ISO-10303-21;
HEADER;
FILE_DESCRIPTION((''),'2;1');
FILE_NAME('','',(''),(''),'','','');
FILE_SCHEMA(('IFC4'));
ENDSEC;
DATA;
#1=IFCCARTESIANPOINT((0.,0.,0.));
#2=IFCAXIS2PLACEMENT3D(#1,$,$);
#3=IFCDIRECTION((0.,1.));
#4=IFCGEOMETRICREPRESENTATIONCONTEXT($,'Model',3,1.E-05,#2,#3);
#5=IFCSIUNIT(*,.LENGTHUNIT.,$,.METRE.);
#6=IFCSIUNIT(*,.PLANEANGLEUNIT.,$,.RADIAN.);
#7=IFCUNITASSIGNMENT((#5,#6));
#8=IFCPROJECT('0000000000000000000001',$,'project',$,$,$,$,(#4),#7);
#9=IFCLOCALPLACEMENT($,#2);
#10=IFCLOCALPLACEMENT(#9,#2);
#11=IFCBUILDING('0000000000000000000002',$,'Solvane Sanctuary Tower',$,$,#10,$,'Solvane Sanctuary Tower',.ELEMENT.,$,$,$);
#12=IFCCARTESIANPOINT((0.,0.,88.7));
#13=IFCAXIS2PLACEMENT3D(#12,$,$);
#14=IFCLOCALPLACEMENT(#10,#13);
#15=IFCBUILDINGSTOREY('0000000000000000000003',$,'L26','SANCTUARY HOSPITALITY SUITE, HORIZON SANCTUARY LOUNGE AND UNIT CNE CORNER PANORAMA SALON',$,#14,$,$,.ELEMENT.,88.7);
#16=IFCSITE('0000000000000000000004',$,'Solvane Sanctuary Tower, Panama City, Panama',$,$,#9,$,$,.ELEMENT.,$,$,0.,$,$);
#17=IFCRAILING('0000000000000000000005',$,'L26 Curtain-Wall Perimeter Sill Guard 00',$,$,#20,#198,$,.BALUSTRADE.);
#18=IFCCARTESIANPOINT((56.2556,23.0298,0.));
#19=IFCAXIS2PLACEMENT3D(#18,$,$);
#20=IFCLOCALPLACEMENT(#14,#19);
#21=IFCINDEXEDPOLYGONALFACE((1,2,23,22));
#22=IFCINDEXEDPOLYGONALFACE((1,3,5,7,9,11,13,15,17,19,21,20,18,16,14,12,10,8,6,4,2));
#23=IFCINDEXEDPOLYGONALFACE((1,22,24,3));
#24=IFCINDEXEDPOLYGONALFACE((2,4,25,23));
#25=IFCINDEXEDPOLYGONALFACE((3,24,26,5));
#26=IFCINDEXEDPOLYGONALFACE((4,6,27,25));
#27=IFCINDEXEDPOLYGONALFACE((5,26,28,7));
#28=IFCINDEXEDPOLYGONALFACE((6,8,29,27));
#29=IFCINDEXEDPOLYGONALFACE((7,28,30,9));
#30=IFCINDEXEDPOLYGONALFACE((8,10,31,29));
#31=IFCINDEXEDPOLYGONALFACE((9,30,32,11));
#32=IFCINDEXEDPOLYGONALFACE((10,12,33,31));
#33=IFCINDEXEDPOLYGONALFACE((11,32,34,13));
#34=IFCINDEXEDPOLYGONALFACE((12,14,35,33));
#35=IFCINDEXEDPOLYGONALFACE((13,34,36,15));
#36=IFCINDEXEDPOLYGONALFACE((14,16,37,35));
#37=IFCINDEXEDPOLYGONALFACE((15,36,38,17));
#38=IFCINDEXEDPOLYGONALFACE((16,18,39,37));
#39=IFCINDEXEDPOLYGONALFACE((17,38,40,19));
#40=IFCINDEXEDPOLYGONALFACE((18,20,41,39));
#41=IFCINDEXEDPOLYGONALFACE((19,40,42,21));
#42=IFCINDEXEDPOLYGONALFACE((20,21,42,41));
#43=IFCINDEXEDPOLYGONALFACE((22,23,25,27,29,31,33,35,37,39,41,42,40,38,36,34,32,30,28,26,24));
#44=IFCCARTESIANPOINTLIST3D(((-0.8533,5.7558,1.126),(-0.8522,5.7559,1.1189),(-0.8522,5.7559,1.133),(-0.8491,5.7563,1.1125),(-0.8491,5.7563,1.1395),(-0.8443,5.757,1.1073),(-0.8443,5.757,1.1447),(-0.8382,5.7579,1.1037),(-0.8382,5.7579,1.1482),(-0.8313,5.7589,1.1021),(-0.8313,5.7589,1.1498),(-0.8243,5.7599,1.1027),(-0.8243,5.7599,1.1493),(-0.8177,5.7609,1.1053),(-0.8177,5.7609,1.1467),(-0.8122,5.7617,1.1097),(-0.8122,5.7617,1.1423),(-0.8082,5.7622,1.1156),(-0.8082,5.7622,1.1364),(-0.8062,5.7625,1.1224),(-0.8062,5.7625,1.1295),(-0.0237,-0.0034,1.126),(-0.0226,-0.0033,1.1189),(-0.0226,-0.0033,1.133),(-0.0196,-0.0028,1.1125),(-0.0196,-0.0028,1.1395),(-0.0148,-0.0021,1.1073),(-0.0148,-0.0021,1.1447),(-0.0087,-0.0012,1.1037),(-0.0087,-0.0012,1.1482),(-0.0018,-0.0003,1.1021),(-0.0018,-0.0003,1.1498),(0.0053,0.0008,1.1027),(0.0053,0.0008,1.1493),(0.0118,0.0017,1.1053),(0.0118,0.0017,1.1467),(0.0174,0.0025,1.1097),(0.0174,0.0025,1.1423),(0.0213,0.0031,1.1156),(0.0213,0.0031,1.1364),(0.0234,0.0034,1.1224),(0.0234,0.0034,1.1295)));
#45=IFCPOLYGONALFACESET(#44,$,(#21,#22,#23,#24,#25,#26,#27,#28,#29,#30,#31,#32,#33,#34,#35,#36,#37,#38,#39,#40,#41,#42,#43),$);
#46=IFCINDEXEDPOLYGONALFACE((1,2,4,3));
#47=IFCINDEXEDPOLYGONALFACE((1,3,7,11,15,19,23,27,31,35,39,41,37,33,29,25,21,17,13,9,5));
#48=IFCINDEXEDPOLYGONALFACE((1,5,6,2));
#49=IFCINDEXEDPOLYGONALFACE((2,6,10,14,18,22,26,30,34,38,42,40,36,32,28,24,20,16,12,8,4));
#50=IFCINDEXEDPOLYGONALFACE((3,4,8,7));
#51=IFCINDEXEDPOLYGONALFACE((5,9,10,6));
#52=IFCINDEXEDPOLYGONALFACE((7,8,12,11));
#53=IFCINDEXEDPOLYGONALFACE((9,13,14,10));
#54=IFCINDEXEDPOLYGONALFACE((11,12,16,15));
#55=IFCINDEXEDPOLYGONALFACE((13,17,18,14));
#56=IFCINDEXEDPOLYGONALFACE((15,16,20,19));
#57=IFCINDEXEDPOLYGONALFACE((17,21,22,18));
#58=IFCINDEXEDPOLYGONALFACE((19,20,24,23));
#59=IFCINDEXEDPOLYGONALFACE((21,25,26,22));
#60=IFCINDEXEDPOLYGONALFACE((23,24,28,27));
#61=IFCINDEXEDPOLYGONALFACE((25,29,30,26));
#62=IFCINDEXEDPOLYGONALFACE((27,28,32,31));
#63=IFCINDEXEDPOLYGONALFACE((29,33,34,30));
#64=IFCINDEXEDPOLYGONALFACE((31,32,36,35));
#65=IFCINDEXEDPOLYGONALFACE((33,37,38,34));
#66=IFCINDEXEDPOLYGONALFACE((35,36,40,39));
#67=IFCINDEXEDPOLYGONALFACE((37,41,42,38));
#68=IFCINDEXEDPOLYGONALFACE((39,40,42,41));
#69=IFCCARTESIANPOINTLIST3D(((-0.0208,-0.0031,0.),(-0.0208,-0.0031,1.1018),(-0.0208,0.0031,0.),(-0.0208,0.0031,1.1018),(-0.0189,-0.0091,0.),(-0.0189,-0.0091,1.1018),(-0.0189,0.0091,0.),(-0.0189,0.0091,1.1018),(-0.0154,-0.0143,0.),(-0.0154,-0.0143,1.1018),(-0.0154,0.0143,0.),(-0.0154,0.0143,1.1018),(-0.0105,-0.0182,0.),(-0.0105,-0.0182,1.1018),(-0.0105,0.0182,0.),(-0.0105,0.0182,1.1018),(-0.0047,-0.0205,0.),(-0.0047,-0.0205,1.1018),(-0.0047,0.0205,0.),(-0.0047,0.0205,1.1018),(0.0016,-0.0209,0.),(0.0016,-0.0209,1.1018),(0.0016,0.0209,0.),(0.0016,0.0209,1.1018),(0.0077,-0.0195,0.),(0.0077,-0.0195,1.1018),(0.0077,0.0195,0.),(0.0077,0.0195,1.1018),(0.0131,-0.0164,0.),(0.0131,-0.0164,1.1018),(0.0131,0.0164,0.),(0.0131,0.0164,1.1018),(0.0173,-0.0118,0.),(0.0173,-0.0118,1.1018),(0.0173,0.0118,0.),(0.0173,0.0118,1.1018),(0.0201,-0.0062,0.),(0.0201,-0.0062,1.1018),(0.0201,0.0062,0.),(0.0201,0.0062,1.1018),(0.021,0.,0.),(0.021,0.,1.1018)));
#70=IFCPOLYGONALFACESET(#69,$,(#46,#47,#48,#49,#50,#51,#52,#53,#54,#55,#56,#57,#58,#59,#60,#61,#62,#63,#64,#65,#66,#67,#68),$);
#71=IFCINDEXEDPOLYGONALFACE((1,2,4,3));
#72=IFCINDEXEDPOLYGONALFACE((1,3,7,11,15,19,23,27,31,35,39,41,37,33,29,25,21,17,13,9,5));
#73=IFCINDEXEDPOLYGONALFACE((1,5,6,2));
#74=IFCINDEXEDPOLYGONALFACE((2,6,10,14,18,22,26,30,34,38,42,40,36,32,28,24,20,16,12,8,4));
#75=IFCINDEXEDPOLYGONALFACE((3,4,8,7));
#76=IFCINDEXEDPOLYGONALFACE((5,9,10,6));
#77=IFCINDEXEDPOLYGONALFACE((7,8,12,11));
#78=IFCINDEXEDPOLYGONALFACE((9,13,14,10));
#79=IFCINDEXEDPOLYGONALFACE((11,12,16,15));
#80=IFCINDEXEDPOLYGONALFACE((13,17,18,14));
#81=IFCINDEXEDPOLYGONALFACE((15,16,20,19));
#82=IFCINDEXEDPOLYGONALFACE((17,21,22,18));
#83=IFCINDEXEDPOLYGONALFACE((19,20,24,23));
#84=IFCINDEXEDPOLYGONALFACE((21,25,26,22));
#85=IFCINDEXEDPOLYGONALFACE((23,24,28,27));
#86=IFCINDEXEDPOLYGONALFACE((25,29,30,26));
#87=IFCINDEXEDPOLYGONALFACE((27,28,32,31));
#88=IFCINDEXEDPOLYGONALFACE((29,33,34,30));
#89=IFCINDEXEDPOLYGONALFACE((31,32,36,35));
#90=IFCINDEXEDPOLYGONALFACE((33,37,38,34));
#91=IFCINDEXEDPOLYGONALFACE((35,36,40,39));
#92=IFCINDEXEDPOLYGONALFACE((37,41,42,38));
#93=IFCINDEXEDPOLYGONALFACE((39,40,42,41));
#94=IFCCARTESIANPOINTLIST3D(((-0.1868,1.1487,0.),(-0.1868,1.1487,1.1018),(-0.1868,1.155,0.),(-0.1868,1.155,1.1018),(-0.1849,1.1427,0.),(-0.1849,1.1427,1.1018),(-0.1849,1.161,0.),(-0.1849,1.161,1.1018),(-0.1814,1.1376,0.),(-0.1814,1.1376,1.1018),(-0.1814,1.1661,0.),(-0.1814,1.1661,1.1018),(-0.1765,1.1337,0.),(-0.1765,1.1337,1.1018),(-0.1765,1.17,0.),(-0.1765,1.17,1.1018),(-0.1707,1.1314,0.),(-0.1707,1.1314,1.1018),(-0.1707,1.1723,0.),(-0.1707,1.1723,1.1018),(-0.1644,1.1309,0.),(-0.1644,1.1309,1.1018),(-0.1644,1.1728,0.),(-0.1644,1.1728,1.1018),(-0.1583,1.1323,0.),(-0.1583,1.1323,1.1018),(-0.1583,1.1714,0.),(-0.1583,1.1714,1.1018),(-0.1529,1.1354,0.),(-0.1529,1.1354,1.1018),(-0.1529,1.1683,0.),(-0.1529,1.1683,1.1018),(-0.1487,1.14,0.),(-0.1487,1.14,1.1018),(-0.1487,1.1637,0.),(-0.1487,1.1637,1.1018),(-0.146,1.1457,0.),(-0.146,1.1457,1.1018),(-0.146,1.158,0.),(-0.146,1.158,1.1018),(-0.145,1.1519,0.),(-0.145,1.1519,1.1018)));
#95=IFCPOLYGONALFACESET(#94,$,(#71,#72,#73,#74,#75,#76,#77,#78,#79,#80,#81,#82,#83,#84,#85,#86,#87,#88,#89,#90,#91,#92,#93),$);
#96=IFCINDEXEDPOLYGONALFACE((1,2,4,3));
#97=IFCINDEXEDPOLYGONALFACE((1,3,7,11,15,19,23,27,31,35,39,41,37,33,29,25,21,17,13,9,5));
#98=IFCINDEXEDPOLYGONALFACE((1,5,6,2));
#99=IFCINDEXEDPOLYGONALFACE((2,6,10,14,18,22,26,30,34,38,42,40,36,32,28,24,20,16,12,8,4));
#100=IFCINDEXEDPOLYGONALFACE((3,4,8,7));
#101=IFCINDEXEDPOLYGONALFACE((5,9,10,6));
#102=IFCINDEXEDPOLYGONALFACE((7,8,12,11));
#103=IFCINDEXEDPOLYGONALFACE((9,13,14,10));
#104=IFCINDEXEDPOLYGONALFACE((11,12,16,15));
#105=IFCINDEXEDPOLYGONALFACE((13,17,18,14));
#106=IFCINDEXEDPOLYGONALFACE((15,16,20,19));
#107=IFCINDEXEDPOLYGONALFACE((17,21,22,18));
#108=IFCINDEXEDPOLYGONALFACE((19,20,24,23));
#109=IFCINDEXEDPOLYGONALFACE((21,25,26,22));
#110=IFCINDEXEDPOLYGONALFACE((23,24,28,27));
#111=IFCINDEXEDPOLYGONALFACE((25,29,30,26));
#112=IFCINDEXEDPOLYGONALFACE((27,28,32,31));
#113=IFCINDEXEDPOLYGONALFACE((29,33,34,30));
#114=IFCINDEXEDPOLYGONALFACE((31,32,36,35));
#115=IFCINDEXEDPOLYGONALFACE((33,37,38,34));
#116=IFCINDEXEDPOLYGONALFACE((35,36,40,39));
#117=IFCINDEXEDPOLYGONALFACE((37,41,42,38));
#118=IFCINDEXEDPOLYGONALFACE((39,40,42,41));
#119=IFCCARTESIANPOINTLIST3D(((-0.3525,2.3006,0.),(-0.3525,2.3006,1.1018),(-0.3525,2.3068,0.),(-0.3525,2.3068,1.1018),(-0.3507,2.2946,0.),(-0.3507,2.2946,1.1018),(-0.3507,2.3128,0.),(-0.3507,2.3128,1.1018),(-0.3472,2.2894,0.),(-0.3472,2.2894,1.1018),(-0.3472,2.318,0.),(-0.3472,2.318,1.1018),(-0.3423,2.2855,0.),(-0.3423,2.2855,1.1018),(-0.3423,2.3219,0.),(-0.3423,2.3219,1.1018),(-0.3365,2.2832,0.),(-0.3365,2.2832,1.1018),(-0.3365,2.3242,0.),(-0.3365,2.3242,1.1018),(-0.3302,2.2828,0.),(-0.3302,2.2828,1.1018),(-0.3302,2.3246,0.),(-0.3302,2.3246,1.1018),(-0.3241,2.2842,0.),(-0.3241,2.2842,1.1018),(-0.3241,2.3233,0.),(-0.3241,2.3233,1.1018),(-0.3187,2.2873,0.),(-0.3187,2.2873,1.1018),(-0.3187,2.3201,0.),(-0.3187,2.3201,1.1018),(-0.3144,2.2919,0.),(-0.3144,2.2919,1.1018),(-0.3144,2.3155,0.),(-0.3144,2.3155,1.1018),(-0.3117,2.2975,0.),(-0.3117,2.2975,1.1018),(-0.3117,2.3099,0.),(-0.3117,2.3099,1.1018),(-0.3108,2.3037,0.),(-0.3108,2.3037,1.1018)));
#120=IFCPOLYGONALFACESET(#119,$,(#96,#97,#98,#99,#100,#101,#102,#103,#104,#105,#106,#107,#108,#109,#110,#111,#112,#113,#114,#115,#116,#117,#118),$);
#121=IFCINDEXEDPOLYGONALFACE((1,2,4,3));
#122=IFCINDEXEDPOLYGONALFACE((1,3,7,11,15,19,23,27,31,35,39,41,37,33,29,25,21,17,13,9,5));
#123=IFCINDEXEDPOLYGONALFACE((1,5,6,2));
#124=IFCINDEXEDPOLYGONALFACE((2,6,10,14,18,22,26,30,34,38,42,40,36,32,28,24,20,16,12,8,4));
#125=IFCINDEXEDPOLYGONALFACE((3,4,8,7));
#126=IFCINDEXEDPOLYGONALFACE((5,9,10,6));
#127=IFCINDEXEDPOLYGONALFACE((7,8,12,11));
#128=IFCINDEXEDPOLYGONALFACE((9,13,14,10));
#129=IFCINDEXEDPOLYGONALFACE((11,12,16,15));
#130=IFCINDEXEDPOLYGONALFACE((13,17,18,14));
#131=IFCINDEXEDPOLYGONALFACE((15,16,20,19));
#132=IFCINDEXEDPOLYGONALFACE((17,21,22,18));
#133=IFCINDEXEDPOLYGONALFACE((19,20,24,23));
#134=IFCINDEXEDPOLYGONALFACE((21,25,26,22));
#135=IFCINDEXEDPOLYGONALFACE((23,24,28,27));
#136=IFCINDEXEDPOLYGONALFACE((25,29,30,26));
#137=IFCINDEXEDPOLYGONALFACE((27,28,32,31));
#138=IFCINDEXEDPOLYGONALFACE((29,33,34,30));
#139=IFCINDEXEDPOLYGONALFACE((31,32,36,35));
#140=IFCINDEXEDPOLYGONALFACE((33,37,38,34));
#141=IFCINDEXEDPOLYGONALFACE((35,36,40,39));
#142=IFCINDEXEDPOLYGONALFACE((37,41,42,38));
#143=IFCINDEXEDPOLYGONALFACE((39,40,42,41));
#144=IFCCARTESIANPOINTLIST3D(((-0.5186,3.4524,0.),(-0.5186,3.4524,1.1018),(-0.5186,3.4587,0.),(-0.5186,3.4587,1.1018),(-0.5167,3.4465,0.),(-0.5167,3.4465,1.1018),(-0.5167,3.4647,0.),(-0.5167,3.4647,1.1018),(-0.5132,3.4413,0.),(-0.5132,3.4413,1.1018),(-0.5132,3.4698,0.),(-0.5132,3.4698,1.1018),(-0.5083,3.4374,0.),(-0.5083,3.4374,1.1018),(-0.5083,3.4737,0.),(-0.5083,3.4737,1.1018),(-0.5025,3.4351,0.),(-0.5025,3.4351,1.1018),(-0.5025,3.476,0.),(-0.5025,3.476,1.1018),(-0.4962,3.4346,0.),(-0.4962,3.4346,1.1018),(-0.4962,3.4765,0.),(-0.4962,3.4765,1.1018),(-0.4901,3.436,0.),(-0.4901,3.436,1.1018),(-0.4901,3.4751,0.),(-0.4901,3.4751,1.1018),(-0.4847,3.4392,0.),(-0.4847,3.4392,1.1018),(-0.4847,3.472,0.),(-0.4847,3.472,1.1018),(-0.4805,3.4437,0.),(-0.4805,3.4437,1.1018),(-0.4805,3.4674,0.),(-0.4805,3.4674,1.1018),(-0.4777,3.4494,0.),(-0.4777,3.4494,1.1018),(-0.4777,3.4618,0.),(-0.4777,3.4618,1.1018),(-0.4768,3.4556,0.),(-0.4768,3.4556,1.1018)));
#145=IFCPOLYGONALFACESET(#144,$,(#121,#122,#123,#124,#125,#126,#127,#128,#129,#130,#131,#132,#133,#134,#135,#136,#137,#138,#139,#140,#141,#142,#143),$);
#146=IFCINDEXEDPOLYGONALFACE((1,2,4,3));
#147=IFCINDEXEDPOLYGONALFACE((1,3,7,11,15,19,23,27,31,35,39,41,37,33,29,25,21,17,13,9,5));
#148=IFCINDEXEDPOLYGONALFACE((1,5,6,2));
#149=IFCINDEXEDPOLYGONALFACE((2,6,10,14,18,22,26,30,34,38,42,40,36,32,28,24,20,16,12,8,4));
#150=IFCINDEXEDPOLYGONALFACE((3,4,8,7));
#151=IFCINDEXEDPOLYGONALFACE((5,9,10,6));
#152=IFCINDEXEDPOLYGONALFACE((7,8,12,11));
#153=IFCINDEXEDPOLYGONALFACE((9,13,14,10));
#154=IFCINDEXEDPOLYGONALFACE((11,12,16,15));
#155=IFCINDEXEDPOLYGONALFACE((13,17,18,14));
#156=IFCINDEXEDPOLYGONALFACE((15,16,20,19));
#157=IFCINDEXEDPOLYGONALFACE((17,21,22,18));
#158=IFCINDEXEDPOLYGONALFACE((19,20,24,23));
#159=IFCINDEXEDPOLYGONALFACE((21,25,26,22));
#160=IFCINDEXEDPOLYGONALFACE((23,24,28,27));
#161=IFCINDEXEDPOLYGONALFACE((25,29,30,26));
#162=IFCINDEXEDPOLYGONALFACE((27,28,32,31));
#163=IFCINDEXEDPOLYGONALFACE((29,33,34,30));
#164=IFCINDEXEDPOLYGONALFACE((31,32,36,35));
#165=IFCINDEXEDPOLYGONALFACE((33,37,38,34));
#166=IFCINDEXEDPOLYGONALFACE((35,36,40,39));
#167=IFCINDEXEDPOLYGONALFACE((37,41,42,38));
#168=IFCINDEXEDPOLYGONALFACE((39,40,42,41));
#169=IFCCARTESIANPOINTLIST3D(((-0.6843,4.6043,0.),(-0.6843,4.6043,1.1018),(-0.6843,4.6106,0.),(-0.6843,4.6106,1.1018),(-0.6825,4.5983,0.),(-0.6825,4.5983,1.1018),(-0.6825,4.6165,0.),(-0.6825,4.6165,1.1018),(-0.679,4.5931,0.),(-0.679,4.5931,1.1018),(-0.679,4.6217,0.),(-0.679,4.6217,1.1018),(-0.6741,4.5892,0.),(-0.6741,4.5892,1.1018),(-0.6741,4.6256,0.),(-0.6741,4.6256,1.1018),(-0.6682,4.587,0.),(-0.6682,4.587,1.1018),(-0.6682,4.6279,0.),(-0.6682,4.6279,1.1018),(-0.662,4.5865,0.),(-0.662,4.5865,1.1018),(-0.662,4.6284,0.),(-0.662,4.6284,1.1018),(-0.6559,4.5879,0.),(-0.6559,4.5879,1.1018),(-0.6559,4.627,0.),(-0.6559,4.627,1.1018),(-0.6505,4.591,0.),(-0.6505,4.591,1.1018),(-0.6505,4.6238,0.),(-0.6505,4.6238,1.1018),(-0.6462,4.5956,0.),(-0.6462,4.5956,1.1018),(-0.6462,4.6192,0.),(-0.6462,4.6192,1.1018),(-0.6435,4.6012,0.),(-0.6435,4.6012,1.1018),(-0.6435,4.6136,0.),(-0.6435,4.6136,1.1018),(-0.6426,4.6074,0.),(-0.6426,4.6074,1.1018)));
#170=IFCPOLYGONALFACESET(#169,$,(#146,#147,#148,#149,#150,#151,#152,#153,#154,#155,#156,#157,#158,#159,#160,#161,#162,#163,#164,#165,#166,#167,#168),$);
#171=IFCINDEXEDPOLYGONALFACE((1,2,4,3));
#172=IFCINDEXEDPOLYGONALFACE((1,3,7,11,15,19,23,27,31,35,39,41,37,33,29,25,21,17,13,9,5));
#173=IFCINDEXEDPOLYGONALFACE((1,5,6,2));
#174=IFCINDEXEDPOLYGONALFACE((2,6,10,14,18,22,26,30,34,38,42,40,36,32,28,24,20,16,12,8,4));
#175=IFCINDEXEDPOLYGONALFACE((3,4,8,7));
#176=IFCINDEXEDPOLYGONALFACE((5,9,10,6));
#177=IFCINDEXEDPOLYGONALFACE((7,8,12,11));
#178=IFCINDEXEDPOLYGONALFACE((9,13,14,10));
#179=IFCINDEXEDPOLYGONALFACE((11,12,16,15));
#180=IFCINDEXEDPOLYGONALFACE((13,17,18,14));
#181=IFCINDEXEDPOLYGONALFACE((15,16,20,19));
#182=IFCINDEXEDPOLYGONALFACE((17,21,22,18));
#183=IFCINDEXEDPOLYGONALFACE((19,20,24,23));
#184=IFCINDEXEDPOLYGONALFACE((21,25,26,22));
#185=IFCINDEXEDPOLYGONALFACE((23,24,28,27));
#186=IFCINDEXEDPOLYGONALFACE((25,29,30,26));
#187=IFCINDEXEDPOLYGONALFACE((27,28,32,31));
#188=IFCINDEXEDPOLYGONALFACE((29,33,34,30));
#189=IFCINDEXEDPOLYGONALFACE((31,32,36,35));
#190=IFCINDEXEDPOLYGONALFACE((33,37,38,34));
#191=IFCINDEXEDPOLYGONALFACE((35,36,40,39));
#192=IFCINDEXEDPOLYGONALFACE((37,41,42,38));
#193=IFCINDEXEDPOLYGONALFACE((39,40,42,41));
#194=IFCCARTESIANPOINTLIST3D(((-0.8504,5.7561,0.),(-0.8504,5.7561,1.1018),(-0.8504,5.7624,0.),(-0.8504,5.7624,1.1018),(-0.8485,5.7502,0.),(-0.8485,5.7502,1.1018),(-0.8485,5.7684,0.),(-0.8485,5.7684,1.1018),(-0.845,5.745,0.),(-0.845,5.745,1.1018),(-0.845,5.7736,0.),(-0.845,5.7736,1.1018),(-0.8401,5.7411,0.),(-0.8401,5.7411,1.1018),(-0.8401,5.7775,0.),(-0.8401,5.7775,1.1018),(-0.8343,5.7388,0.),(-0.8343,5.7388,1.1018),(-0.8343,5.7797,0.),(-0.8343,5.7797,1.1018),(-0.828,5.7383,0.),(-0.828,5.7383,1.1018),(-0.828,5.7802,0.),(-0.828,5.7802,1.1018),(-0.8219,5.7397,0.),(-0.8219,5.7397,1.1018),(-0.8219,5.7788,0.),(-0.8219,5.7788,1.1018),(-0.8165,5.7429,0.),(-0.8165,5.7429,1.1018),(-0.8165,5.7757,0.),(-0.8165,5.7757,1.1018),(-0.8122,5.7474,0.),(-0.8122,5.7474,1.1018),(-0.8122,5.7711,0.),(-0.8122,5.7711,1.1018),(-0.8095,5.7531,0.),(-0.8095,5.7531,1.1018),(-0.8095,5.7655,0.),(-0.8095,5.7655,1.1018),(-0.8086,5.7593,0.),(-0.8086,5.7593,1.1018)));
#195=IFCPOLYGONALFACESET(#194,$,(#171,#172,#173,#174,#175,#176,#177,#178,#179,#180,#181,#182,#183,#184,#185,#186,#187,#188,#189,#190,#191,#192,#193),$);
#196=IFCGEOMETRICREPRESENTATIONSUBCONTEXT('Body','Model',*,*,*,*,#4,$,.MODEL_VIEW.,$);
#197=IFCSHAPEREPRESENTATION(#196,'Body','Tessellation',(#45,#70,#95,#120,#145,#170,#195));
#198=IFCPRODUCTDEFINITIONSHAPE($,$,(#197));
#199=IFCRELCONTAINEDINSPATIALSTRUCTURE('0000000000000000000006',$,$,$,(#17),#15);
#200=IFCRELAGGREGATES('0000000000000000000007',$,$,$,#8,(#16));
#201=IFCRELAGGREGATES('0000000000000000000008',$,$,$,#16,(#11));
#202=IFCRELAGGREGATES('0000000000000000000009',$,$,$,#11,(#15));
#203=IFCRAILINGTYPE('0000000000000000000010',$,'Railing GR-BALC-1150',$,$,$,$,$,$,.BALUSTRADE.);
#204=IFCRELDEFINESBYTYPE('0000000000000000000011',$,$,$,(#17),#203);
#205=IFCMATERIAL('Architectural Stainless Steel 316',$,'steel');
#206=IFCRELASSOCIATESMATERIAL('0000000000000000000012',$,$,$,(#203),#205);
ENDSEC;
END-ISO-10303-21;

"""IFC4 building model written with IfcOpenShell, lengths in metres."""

from ifc_helpers import new_model, si_unit, direction, frame, origin, origin_2d, place, context, subcontext, project, spatial, circle, extrude, material, type_object, element, save


model = new_model("IFC4")

# Units and contexts
model_context = context("Model", 3, precision=1e-05, world=origin(), true_north=direction((0.0, 1.0)))
body_context = subcontext(model_context, "Body", "Model", "MODEL_VIEW")
ifc_project = project(units=[si_unit("LENGTHUNIT", "METRE"), si_unit("PLANEANGLEUNIT", "RADIAN")], contexts=[model_context])

# Site, building, storey
site_placement = place(None, origin())
site = spatial("IfcSite", under=ifc_project, at=site_placement, Name="Solvane Sanctuary Tower, Panama City, Panama", CompositionType="ELEMENT", RefElevation=0.0)
building_placement = place(site_placement, origin())
building = spatial("IfcBuilding", under=site, at=building_placement, Name="Solvane Sanctuary Tower", LongName="Solvane Sanctuary Tower", CompositionType="ELEMENT")
storey_placement = place(building_placement, frame((0.0, 0.0, 88.7)))
storey = spatial("IfcBuildingStorey", under=building, at=storey_placement, Name="L26", Description="SANCTUARY HOSPITALITY SUITE, HORIZON SANCTUARY LOUNGE AND UNIT CNE CORNER PANORAMA SALON", CompositionType="ELEMENT", Elevation=88.7)

# Shared definitions
ifc_material_1 = material(Name="Architectural Stainless Steel 316", Category="steel")

# Railing
railing_type_1 = type_object("IfcRailingType", Name="Railing GR-BALC-1150", PredefinedType="BALUSTRADE", material=ifc_material_1)
railing_1_placement = place(storey_placement, frame((56.2556, 23.0298, 0.0)))
element("IfcRailing", 1, at=railing_1_placement, inside=storey, type_object=railing_type_1, Name="L26 Curtain-Wall Perimeter Sill Guard 00", PredefinedType="BALUSTRADE", context=body_context, shape_type="SweptSolid", body=[
    extrude(circle(Radius=0.0239, at=origin_2d()), frame((0.0, 0.0, 1.126), z_axis=(-0.142573, 0.989784, 0.0), x_axis=(-0.989784, -0.142573, 0.0)), (0.0, 0.0, 1.0), 5.8186),
    extrude(circle(Radius=0.021, at=origin_2d()), origin(), (0.0, 0.0, 1.0), 1.1018),
    extrude(circle(Radius=0.021, at=origin_2d()), frame((-0.166, 1.1519, 0.0)), (0.0, 0.0, 1.0), 1.1018),
    extrude(circle(Radius=0.021, at=origin_2d()), frame((-0.3318, 2.3037, 0.0)), (0.0, 0.0, 1.0), 1.1018),
    extrude(circle(Radius=0.021, at=origin_2d()), frame((-0.4978, 3.4556, 0.0)), (0.0, 0.0, 1.0), 1.1018),
    extrude(circle(Radius=0.021, at=origin_2d()), frame((-0.6636, 4.6074, 0.0)), (0.0, 0.0, 1.0), 1.1018),
    extrude(circle(Radius=0.021, at=origin_2d()), frame((-0.8296, 5.7593, 0.0)), (0.0, 0.0, 1.0), 1.1018),
])

save(model, "model.ifc")
